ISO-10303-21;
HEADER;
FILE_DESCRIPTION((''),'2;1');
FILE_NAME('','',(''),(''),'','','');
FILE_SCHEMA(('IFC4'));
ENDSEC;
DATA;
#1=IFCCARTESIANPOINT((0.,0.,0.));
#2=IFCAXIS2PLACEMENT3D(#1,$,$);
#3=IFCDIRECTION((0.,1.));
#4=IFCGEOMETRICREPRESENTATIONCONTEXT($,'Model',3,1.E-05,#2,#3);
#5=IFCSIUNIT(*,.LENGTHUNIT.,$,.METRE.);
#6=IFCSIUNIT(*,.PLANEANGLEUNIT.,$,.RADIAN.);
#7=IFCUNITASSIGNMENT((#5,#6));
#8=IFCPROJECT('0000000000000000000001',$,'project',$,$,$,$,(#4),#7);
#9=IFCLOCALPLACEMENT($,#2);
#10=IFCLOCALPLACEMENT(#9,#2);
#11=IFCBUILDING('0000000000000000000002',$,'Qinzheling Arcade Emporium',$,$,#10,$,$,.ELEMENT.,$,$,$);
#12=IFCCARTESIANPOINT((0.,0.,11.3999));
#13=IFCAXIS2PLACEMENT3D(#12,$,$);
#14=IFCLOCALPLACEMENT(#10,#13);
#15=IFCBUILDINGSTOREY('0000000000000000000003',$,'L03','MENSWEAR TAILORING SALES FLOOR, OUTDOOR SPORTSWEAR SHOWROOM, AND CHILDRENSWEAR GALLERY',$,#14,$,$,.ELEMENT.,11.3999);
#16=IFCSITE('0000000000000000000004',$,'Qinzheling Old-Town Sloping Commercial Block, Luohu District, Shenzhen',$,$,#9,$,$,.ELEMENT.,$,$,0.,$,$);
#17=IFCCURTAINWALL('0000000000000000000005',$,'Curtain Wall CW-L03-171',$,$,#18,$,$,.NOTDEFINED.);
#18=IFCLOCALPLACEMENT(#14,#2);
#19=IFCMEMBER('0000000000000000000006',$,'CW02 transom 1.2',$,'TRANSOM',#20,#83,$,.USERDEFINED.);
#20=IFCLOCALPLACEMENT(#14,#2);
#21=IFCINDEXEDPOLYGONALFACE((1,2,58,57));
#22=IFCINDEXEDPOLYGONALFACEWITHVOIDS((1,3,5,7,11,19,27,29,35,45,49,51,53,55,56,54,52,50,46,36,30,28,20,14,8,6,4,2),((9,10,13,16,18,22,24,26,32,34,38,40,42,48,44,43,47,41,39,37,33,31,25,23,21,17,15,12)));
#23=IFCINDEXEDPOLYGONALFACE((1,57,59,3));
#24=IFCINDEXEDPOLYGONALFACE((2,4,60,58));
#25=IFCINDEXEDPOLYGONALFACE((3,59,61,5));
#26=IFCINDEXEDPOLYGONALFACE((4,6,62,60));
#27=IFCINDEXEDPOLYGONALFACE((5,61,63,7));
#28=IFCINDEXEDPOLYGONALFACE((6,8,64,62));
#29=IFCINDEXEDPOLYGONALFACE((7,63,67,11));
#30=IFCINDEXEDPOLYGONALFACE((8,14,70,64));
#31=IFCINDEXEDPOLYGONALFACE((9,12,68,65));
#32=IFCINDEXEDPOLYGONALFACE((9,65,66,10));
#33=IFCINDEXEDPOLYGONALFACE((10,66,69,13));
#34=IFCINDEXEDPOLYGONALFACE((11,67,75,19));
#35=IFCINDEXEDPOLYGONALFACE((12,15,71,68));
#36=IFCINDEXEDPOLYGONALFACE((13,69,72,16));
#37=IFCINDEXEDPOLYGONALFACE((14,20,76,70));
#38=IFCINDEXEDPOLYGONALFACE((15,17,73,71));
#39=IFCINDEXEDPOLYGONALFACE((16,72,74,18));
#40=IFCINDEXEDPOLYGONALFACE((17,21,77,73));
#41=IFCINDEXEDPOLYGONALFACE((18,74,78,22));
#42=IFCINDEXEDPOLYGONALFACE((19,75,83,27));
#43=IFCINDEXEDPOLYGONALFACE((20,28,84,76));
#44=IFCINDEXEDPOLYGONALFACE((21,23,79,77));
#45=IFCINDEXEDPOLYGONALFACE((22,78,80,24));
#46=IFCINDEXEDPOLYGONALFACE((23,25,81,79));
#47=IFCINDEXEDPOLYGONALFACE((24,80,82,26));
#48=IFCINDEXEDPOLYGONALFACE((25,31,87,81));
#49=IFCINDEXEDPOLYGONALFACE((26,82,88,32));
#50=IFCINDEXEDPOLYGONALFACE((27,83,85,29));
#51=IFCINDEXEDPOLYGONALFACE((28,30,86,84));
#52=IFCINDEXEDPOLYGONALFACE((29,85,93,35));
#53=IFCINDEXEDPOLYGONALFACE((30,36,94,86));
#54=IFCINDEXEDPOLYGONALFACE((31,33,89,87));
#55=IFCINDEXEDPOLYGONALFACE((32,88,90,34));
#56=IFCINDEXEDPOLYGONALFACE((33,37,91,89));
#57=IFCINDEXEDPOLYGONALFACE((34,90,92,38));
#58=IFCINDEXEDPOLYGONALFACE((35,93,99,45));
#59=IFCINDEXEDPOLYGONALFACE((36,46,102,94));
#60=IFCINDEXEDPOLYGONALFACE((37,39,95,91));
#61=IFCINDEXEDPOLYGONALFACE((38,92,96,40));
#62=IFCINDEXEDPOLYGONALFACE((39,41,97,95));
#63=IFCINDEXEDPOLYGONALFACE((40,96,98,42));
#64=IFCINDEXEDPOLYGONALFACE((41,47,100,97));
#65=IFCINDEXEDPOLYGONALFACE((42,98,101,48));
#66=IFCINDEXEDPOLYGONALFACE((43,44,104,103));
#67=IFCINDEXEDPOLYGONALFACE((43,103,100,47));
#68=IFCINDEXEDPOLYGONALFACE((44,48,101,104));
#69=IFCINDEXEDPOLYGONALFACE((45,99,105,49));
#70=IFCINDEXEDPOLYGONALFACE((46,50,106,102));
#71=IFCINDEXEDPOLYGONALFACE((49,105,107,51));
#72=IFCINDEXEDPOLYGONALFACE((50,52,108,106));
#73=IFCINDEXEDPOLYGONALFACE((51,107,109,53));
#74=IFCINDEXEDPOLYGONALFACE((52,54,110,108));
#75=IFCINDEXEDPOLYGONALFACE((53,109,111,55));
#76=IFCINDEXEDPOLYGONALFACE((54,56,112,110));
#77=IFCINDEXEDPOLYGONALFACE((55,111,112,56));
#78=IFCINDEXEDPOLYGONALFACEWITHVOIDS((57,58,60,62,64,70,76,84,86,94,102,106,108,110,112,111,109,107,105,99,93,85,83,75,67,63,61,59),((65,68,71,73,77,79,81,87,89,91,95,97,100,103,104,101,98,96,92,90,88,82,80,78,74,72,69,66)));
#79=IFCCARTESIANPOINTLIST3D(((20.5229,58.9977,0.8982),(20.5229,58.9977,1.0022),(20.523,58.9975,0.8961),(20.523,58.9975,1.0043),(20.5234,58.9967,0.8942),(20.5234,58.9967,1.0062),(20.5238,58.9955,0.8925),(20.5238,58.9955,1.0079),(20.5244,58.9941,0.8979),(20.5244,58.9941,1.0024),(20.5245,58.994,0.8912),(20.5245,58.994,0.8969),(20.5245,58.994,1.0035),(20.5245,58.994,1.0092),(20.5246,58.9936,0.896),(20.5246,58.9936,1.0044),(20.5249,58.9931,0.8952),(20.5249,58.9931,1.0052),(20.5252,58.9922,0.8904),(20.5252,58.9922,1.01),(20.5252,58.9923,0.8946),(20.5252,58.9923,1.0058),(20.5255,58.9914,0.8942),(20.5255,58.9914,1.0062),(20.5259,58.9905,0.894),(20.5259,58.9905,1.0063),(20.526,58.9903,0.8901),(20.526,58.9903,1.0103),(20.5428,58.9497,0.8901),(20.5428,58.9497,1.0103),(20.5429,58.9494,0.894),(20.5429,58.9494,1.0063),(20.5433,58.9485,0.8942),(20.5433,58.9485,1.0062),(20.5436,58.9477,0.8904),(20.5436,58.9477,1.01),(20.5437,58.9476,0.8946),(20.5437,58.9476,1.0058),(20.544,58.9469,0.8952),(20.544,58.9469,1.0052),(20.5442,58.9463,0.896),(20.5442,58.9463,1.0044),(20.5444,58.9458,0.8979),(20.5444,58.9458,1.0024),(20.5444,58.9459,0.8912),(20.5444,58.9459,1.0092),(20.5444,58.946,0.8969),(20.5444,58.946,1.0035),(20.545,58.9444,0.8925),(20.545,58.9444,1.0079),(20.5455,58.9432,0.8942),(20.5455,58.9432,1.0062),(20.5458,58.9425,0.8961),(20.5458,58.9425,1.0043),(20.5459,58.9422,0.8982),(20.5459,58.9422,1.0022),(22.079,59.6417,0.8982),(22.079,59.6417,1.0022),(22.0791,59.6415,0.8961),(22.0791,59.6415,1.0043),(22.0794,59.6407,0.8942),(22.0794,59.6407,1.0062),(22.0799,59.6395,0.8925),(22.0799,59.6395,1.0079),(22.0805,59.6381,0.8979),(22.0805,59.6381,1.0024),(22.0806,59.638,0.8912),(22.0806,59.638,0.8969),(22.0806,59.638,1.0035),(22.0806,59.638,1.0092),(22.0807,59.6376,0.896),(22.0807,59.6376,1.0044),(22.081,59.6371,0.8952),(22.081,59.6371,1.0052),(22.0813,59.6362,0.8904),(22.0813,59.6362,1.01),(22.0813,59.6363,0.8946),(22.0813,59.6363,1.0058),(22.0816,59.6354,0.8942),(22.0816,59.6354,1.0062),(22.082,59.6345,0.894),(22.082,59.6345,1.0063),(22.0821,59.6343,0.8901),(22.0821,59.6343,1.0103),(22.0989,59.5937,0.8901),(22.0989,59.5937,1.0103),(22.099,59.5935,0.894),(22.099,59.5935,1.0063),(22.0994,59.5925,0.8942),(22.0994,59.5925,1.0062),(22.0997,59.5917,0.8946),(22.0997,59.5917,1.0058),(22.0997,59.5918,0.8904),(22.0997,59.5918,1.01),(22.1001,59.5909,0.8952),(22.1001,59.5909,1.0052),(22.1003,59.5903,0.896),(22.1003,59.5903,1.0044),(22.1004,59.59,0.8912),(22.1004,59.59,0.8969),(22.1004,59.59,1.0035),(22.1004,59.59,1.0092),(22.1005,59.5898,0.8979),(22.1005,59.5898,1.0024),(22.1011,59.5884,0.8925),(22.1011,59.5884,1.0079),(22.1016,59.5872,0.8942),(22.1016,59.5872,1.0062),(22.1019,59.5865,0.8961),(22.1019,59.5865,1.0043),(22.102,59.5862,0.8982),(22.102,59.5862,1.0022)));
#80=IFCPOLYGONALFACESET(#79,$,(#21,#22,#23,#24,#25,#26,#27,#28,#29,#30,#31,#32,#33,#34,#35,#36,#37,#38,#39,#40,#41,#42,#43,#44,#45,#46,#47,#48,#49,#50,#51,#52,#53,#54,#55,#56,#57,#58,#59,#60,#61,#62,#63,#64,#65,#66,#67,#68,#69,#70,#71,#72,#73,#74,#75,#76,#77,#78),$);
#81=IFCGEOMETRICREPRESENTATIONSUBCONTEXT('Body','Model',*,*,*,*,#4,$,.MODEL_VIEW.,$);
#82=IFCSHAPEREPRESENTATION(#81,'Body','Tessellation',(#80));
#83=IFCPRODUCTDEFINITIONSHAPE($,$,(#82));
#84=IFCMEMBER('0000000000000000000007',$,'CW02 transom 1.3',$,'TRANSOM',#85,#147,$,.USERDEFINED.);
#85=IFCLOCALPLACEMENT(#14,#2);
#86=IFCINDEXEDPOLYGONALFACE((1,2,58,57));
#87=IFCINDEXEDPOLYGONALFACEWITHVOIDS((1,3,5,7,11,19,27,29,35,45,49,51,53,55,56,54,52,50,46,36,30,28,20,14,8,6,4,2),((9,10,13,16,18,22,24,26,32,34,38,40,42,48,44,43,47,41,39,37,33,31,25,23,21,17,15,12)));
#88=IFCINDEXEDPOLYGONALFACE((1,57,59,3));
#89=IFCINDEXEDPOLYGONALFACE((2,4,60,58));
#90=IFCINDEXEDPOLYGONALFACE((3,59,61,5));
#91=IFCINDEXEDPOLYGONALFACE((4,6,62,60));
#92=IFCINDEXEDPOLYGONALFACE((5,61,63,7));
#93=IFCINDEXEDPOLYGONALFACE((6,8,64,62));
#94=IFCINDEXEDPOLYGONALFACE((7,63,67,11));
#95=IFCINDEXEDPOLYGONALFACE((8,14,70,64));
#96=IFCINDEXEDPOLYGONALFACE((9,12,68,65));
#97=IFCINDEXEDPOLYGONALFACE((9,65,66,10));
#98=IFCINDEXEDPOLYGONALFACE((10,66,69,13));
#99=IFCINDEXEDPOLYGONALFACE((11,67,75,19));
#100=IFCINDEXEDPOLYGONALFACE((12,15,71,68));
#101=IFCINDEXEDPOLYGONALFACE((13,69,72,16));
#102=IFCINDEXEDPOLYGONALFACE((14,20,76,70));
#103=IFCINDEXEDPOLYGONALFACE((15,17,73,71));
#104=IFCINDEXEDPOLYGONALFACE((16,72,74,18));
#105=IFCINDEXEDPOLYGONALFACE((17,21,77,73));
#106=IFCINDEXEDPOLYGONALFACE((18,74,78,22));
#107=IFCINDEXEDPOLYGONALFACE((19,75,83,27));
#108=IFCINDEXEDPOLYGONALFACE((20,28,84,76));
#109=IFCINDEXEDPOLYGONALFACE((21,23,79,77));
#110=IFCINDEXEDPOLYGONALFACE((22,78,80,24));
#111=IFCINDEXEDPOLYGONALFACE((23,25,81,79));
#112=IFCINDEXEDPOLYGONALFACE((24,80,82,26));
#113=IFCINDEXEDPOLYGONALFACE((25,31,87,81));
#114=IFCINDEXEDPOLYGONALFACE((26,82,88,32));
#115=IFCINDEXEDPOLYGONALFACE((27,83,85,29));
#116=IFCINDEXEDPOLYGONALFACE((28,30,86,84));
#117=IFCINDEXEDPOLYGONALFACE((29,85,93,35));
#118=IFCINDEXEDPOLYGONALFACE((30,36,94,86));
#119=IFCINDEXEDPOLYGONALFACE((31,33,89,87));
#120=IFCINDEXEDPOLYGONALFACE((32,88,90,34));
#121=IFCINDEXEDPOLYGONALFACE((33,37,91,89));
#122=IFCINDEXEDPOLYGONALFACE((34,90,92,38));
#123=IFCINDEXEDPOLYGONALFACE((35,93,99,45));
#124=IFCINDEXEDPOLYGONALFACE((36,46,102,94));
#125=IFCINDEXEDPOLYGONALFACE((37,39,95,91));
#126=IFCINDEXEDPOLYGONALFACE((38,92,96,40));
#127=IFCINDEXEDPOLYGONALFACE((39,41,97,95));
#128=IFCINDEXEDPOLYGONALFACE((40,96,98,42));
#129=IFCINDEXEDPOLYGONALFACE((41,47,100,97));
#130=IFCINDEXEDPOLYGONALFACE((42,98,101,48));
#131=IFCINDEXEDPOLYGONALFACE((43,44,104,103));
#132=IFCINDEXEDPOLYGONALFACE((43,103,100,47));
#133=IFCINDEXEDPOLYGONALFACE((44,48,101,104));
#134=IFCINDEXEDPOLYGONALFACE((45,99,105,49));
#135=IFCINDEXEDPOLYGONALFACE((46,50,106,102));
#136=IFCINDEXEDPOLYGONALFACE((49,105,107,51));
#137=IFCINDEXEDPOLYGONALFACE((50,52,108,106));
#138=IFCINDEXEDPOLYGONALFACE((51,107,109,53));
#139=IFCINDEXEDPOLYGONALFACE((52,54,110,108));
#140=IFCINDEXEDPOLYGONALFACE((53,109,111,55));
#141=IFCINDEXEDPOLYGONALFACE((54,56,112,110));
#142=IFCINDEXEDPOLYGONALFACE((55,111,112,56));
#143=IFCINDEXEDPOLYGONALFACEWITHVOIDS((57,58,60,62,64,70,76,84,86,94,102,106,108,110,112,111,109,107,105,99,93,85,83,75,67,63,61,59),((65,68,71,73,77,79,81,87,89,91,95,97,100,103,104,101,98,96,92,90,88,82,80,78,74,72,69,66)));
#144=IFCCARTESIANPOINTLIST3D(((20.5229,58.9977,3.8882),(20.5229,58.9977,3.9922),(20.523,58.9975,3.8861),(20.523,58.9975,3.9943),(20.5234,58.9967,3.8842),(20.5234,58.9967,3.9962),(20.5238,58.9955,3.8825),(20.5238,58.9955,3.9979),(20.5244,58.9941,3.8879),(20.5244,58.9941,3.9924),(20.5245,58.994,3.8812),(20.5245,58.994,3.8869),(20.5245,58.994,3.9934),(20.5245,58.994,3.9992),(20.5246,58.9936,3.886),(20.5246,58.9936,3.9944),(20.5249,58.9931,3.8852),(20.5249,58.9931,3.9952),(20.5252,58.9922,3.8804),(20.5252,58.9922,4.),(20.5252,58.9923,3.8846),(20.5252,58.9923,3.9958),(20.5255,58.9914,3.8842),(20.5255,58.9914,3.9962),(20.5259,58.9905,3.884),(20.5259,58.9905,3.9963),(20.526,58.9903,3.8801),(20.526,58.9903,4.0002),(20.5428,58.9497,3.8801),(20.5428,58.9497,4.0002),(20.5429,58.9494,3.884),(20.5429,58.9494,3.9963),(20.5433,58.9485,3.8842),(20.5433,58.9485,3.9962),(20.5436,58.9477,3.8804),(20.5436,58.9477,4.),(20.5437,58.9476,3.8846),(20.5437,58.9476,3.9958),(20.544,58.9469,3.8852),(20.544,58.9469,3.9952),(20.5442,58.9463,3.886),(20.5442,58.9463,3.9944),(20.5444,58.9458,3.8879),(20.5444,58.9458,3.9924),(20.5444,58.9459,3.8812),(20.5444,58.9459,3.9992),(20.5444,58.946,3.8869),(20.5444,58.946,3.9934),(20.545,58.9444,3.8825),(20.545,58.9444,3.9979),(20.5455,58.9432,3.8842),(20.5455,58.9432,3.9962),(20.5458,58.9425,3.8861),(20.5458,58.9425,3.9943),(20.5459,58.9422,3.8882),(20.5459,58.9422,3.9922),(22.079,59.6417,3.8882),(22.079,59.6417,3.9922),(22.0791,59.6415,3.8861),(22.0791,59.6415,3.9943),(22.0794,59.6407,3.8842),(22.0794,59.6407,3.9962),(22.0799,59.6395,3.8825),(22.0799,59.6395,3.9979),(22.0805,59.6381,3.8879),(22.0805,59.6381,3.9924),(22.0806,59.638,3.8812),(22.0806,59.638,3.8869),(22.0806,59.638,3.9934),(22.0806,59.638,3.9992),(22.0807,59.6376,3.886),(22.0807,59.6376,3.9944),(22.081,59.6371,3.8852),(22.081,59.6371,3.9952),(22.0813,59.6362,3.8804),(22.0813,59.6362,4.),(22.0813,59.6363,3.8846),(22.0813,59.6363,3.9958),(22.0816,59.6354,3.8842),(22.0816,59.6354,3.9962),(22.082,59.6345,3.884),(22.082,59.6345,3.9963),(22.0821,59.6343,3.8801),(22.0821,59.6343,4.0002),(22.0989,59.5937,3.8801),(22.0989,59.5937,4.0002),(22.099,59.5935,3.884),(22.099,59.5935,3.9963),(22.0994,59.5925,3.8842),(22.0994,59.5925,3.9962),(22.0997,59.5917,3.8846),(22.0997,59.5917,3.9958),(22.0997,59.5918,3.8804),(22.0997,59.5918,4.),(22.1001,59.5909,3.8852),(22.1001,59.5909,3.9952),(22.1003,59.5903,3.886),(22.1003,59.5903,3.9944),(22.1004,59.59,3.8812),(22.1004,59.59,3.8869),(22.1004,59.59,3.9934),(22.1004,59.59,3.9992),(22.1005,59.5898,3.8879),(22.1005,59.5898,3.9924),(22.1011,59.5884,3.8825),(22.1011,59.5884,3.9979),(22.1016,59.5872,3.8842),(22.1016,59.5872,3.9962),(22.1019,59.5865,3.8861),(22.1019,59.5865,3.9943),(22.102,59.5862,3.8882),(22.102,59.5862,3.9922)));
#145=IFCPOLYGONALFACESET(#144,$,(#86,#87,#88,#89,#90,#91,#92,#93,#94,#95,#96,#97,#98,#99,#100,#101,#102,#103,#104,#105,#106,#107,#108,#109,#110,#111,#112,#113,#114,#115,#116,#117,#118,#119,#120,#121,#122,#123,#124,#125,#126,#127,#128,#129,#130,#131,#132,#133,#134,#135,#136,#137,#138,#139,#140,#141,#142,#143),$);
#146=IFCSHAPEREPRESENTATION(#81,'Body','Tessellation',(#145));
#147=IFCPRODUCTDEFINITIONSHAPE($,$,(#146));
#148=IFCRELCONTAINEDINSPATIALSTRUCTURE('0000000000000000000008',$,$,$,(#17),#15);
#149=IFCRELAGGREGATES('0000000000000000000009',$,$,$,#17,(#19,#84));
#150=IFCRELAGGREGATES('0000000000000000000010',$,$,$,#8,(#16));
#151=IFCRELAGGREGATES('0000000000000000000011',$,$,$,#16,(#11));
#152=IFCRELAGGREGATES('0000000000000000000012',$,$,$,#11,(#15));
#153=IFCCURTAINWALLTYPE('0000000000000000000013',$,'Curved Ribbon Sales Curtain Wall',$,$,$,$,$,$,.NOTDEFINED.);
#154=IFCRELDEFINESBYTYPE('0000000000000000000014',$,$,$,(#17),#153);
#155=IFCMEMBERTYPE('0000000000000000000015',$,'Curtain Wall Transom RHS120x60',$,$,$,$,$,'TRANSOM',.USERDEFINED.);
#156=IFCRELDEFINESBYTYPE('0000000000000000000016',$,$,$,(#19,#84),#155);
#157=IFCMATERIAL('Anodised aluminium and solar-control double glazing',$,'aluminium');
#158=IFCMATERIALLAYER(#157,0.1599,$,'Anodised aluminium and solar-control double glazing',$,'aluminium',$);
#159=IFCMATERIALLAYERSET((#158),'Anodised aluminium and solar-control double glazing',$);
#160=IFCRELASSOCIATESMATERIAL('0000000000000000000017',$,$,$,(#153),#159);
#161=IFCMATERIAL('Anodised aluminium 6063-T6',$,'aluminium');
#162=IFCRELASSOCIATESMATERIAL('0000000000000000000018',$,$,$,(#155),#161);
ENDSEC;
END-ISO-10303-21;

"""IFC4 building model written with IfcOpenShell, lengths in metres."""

from ifc_helpers import new_model, si_unit, direction, frame, origin, origin_2d, place, context, subcontext, project, spatial, hollow_rectangle, extrude, material, layer, layer_set, material_profile, profile_set, type_object, element, aggregate, save


model = new_model("IFC4")

# Units and contexts
model_context = context("Model", 3, precision=1e-05, world=origin(), true_north=direction((0.0, 1.0)))
body_context = subcontext(model_context, "Body", "Model", "MODEL_VIEW")
ifc_project = project(units=[si_unit("LENGTHUNIT", "METRE"), si_unit("PLANEANGLEUNIT", "RADIAN")], contexts=[model_context])

# Site, building, storey
site_placement = place(None, origin())
site = spatial("IfcSite", under=ifc_project, at=site_placement, Name="Qinzheling Old-Town Sloping Commercial Block, Luohu District, Shenzhen", CompositionType="ELEMENT", RefElevation=0.0)
building_placement = place(site_placement, origin())
building = spatial("IfcBuilding", under=site, at=building_placement, Name="Qinzheling Arcade Emporium", CompositionType="ELEMENT")
storey_placement = place(building_placement, frame((0.0, 0.0, 11.3999)))
storey = spatial("IfcBuildingStorey", under=building, at=storey_placement, Name="L03", Description="MENSWEAR TAILORING SALES FLOOR, OUTDOOR SPORTSWEAR SHOWROOM, AND CHILDRENSWEAR GALLERY", CompositionType="ELEMENT", Elevation=11.3999)

# Shared definitions
ifc_material_1 = material(Name="Anodised aluminium and solar-control double glazing", Category="aluminium")
ifc_layer_1 = layer(ifc_material_1, 0.1599, Name="Anodised aluminium and solar-control double glazing", Category="aluminium")
ifc_layer_set_1 = layer_set([ifc_layer_1], Name="Anodised aluminium and solar-control double glazing")
curtain_wall_type = type_object("IfcCurtainWallType", Name="Curved Ribbon Sales Curtain Wall", PredefinedType="NOTDEFINED", material=ifc_layer_set_1)
ifc_material_2 = material(Name="Anodised aluminium 6063-T6", Category="aluminium")

# Curtain wall
curtain_wall_1_placement = place(storey_placement, origin())
curtain_wall_1 = element("IfcCurtainWall", 1, at=curtain_wall_1_placement, inside=storey, type_object=curtain_wall_type, Name="Curtain Wall CW-L03-171", PredefinedType="NOTDEFINED")

# Members
ifc_material_profile_1 = material_profile(ifc_material_2, hollow_rectangle(XDim=0.0601, YDim=0.1201, WallThickness=0.0039, InnerFilletRadius=0.0039, OuterFilletRadius=0.0081, at=origin_2d()), Name="RHS 120x60x4", Category="aluminium")
ifc_profile_set_1 = profile_set([ifc_material_profile_1], Name="Anodised aluminium 6063-T6")
member_type_1 = type_object("IfcMemberType", Name="Curtain Wall Transom RHS120x60", ElementType="TRANSOM", PredefinedType="USERDEFINED", material=ifc_profile_set_1)
member_1_placement = place(storey_placement, frame((20.5344, 58.97, 0.9502), z_axis=(0.923992, 0.382412, 0.0), x_axis=(-0.382412, 0.923992, 0.0)))
member_1 = element("IfcMember", 2, at=member_1_placement, type_object=member_type_1, Name="CW02 transom 1.2", ObjectType="TRANSOM", PredefinedType="USERDEFINED", context=body_context, shape_type="SweptSolid", body=[
    extrude(hollow_rectangle(XDim=0.0601, YDim=0.1201, WallThickness=0.0039, InnerFilletRadius=0.0039, OuterFilletRadius=0.0081, at=origin_2d()), origin(), (0.0, 0.0, 1.0), 1.6841),
])
member_2_placement = place(storey_placement, frame((20.5344, 58.97, 3.9402), z_axis=(0.923992, 0.382412, 0.0), x_axis=(-0.382412, 0.923992, 0.0)))
member_2 = element("IfcMember", 3, at=member_2_placement, type_object=member_type_1, Name="CW02 transom 1.3", ObjectType="TRANSOM", PredefinedType="USERDEFINED", context=body_context, shape_type="SweptSolid", body=[
    extrude(hollow_rectangle(XDim=0.0601, YDim=0.1201, WallThickness=0.0039, InnerFilletRadius=0.0039, OuterFilletRadius=0.0081, at=origin_2d()), origin(), (0.0, 0.0, 1.0), 1.6841),
])

aggregate(curtain_wall_1, [member_1, member_2])

save(model, "model.ifc")
